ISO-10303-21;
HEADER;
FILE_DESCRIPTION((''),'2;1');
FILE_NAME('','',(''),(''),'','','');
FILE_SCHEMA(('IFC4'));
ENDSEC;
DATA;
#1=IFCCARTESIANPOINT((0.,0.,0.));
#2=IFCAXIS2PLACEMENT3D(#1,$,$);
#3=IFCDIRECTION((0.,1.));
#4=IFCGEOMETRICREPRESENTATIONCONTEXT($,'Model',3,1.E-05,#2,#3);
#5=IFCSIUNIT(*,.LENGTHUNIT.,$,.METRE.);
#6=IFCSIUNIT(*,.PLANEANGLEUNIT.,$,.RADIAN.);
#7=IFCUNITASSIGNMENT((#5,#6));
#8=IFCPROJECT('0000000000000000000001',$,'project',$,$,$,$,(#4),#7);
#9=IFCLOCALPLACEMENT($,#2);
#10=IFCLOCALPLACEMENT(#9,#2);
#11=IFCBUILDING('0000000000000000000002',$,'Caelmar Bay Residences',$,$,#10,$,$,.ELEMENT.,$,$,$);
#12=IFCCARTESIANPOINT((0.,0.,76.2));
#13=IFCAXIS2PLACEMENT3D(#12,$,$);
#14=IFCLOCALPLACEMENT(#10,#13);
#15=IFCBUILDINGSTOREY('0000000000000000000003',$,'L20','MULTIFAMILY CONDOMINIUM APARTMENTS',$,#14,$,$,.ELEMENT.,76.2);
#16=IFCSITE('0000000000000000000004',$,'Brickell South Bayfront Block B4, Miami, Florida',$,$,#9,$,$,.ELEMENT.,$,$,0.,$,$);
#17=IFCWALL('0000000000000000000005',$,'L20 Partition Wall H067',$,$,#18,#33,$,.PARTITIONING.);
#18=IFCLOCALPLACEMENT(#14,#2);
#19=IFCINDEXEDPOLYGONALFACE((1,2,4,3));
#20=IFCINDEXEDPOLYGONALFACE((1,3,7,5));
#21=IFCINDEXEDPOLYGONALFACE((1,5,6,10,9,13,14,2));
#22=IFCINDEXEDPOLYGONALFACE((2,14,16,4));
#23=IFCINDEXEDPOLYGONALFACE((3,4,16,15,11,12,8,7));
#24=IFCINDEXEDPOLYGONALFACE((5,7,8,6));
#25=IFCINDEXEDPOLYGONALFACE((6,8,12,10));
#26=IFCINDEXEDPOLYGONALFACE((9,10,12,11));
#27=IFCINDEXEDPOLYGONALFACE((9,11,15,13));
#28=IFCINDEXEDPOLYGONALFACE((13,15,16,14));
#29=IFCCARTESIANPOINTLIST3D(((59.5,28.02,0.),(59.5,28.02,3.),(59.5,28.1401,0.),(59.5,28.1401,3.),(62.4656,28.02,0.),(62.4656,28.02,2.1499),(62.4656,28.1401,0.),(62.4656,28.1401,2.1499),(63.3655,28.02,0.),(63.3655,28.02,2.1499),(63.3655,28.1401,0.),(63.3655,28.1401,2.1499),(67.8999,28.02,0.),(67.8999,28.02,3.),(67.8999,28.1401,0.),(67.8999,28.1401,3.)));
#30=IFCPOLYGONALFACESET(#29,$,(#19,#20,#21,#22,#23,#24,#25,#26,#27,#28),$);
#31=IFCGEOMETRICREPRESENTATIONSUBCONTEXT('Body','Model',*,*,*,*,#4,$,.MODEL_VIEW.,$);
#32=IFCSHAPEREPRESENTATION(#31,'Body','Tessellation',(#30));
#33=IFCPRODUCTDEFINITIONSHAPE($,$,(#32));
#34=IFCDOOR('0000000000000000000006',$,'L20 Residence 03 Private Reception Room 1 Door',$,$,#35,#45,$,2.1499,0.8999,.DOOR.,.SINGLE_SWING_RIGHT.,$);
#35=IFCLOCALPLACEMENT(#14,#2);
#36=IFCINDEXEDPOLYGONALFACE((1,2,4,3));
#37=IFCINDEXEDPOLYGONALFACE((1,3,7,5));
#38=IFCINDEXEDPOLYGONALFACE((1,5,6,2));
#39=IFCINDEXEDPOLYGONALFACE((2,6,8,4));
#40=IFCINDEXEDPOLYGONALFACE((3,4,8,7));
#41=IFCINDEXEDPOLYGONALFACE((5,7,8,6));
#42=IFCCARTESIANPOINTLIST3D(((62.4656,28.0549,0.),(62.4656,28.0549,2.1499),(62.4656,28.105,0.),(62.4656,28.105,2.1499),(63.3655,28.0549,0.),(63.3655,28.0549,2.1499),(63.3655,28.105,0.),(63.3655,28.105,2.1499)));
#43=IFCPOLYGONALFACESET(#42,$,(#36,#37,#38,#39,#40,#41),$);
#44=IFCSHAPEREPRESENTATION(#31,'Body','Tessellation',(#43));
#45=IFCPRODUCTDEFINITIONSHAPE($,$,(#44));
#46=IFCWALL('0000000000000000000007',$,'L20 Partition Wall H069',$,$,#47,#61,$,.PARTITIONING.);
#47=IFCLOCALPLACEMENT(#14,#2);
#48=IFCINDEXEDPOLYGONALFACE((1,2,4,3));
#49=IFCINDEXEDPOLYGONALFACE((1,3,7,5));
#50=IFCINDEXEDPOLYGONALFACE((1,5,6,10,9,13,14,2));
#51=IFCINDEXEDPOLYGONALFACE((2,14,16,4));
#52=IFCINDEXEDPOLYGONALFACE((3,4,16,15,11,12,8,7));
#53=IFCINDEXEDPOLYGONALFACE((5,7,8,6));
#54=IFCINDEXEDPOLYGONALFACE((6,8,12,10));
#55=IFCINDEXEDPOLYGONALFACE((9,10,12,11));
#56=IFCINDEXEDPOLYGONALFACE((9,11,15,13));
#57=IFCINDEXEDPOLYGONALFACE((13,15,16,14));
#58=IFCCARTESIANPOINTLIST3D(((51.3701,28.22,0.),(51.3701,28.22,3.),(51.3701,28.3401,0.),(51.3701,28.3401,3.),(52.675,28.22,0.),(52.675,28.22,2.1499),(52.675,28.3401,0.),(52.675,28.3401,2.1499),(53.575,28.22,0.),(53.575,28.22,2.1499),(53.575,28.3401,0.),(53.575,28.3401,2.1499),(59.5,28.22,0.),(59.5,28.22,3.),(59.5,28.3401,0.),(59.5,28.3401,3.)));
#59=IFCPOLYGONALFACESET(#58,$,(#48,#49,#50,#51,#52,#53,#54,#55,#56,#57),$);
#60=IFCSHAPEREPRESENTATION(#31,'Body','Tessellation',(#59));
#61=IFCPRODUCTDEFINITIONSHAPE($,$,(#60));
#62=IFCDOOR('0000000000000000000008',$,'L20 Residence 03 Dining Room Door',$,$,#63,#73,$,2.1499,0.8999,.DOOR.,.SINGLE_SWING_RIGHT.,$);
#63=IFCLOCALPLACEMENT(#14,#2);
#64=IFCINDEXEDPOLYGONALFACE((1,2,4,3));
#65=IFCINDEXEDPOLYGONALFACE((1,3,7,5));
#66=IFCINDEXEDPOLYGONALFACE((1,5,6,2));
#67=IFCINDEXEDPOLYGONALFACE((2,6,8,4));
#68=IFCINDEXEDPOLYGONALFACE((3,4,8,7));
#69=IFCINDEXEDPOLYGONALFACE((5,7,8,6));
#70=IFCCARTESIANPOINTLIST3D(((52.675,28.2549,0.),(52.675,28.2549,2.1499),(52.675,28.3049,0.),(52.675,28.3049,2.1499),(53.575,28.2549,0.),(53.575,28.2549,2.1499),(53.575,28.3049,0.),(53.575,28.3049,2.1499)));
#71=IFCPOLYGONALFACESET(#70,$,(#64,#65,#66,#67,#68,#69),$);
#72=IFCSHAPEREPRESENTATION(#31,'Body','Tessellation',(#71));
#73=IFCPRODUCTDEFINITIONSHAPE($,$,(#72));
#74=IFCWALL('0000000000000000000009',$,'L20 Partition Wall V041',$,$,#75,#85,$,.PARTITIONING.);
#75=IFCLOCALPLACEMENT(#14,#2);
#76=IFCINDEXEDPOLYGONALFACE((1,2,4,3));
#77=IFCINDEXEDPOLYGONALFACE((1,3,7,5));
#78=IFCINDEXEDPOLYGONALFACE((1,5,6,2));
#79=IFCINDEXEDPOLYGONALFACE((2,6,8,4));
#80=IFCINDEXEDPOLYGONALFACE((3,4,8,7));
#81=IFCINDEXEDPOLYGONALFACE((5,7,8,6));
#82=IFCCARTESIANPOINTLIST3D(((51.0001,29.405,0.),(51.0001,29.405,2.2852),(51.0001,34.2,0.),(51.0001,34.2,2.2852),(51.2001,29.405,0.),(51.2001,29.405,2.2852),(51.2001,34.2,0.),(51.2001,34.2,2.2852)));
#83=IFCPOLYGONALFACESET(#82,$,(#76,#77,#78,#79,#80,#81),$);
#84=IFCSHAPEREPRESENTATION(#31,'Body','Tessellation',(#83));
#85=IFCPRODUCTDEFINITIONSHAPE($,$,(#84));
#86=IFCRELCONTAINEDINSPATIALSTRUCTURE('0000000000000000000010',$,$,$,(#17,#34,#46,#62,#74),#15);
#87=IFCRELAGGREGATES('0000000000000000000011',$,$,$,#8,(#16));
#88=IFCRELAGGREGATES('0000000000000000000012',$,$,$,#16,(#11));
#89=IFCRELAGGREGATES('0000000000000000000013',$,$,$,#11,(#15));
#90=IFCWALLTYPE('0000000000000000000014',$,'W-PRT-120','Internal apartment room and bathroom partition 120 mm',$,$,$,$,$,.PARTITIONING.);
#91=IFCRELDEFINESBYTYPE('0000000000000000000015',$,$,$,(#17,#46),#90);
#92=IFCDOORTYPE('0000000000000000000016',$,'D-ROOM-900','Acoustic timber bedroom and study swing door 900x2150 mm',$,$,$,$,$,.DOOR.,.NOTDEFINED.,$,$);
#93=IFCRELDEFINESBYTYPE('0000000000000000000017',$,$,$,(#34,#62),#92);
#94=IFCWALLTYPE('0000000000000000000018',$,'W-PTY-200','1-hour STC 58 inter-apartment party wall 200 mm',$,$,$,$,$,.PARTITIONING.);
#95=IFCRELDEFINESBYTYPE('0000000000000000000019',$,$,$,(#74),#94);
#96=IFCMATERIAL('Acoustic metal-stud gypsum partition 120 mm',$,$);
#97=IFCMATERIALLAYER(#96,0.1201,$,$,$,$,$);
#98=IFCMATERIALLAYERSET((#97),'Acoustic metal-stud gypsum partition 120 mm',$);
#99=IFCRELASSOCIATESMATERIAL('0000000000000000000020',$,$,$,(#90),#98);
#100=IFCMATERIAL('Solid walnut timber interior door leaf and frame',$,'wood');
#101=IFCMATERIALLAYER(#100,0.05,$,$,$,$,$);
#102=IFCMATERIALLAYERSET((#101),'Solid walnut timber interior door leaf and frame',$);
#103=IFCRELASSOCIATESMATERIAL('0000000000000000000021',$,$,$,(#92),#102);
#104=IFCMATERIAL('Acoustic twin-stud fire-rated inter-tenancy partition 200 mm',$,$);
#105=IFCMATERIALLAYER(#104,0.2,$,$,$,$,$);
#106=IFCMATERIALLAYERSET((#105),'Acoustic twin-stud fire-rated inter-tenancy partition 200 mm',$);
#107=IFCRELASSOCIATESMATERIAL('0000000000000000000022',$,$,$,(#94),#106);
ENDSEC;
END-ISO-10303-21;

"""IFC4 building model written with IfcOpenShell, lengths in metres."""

from ifc_helpers import new_model, si_unit, direction, frame, frame_2d, origin, place, context, subcontext, project, spatial, rectangle, extrude, material, layer, layer_set, type_object, element, fill, save


model = new_model("IFC4")

# Units and contexts
model_context = context("Model", 3, precision=1e-05, world=origin(), true_north=direction((0.0, 1.0)))
body_context = subcontext(model_context, "Body", "Model", "MODEL_VIEW")
ifc_project = project(units=[si_unit("LENGTHUNIT", "METRE"), si_unit("PLANEANGLEUNIT", "RADIAN")], contexts=[model_context])

# Site, building, storey
site_placement = place(None, origin())
site = spatial("IfcSite", under=ifc_project, at=site_placement, Name="Brickell South Bayfront Block B4, Miami, Florida", CompositionType="ELEMENT", RefElevation=0.0)
building_placement = place(site_placement, origin())
building = spatial("IfcBuilding", under=site, at=building_placement, Name="Caelmar Bay Residences", CompositionType="ELEMENT")
storey_placement = place(building_placement, frame((0.0, 0.0, 76.2)))
storey = spatial("IfcBuildingStorey", under=building, at=storey_placement, Name="L20", Description="MULTIFAMILY CONDOMINIUM APARTMENTS", CompositionType="ELEMENT", Elevation=76.2)

# Walls, openings, doors
ifc_material_1 = material(Name="Acoustic metal-stud gypsum partition 120 mm")
ifc_layer_1 = layer(ifc_material_1, 0.1201)
ifc_layer_set_1 = layer_set([ifc_layer_1], Name="Acoustic metal-stud gypsum partition 120 mm")
wall_type_1 = type_object("IfcWallType", Name="W-PRT-120", Description="Internal apartment room and bathroom partition 120 mm", PredefinedType="PARTITIONING", material=ifc_layer_set_1)
ifc_material_2 = material(Name="Solid walnut timber interior door leaf and frame", Category="wood")
ifc_layer_2 = layer(ifc_material_2, 0.05)
ifc_layer_set_2 = layer_set([ifc_layer_2], Name="Solid walnut timber interior door leaf and frame")
door_type_1 = type_object("IfcDoorType", Name="D-ROOM-900", Description="Acoustic timber bedroom and study swing door 900x2150 mm", OperationType="NOTDEFINED", PredefinedType="DOOR", material=ifc_layer_set_2)
wall_1_placement = place(storey_placement, frame((59.5, 28.0801, 0.0), z_axis=(0.0, 0.0, 1.0), x_axis=(1.0, 0.0, 0.0)))
wall_1 = element("IfcWall", 1, at=wall_1_placement, inside=storey, type_object=wall_type_1, Name="L20 Partition Wall H067", PredefinedType="PARTITIONING", context=body_context, shape_type="SweptSolid", body=[
    extrude(rectangle(XDim=8.3999, YDim=0.1201, at=frame_2d((4.2, 0.0))), origin(), (0.0, 0.0, 1.0), 3.0),
])
opening_1_placement = place(wall_1_placement, frame((2.9656, 0.0, 0.0)))
opening_1 = element("IfcOpeningElement", 2, at=opening_1_placement, cuts=wall_1, PredefinedType="OPENING", context=body_context, shape_type="SweptSolid", body=[
    extrude(rectangle(XDim=0.8999, YDim=2.1499, at=frame_2d((0.45, 1.075))), frame((0.0, 0.0701, 0.0), z_axis=(0.0, -1.0, 0.0), x_axis=(1.0, 0.0, 0.0)), (0.0, 0.0, 1.0), 0.1401),
])
door_1_placement = place(opening_1_placement, origin())
door_1 = element("IfcDoor", 3, at=door_1_placement, inside=storey, type_object=door_type_1, Name="L20 Residence 03 Private Reception Room 1 Door", OperationType="SINGLE_SWING_RIGHT", OverallHeight=2.1499, OverallWidth=0.8999, PredefinedType="DOOR", context=body_context, shape_type="SweptSolid", body=[
    extrude(rectangle(XDim=0.8999, YDim=2.1499, at=frame_2d((0.45, 1.075))), frame((0.0, 0.0249, 0.0), z_axis=(0.0, -1.0, 0.0), x_axis=(1.0, 0.0, 0.0)), (0.0, 0.0, 1.0), 0.05),
])
fill(opening_1, door_1)
wall_2_placement = place(storey_placement, frame((51.3701, 28.28, 0.0), z_axis=(0.0, 0.0, 1.0), x_axis=(1.0, 0.0, 0.0)))
wall_2 = element("IfcWall", 4, at=wall_2_placement, inside=storey, type_object=wall_type_1, Name="L20 Partition Wall H069", PredefinedType="PARTITIONING", context=body_context, shape_type="SweptSolid", body=[
    extrude(rectangle(XDim=8.1299, YDim=0.1201, at=frame_2d((4.0649, 0.0))), origin(), (0.0, 0.0, 1.0), 3.0),
])
opening_2_placement = place(wall_2_placement, frame((1.3049, 0.0, 0.0)))
opening_2 = element("IfcOpeningElement", 5, at=opening_2_placement, cuts=wall_2, PredefinedType="OPENING", context=body_context, shape_type="SweptSolid", body=[
    extrude(rectangle(XDim=0.8999, YDim=2.1499, at=frame_2d((0.45, 1.075))), frame((0.0, 0.0701, 0.0), z_axis=(0.0, -1.0, 0.0), x_axis=(1.0, 0.0, 0.0)), (0.0, 0.0, 1.0), 0.1401),
])
door_2_placement = place(opening_2_placement, origin())
door_2 = element("IfcDoor", 6, at=door_2_placement, inside=storey, type_object=door_type_1, Name="L20 Residence 03 Dining Room Door", OperationType="SINGLE_SWING_RIGHT", OverallHeight=2.1499, OverallWidth=0.8999, PredefinedType="DOOR", context=body_context, shape_type="SweptSolid", body=[
    extrude(rectangle(XDim=0.8999, YDim=2.1499, at=frame_2d((0.45, 1.075))), frame((0.0, 0.0249, 0.0), z_axis=(0.0, -1.0, 0.0), x_axis=(1.0, 0.0, 0.0)), (0.0, 0.0, 1.0), 0.05),
])
fill(opening_2, door_2)

# Wall
ifc_material_3 = material(Name="Acoustic twin-stud fire-rated inter-tenancy partition 200 mm")
ifc_layer_3 = layer(ifc_material_3, 0.2)
ifc_layer_set_3 = layer_set([ifc_layer_3], Name="Acoustic twin-stud fire-rated inter-tenancy partition 200 mm")
wall_type_2 = type_object("IfcWallType", Name="W-PTY-200", Description="1-hour STC 58 inter-apartment party wall 200 mm", PredefinedType="PARTITIONING", material=ifc_layer_set_3)
wall_3_placement = place(storey_placement, frame((51.1001, 29.405, 0.0), z_axis=(0.0, 0.0, 1.0), x_axis=(0.0, 1.0, 0.0)))
element("IfcWall", 7, at=wall_3_placement, inside=storey, type_object=wall_type_2, Name="L20 Partition Wall V041", PredefinedType="PARTITIONING", context=body_context, shape_type="SweptSolid", body=[
    extrude(rectangle(XDim=4.7949, YDim=0.2, at=frame_2d((2.3975, 0.0))), origin(), (0.0, 0.0, 1.0), 2.2852),
])

save(model, "model.ifc")
